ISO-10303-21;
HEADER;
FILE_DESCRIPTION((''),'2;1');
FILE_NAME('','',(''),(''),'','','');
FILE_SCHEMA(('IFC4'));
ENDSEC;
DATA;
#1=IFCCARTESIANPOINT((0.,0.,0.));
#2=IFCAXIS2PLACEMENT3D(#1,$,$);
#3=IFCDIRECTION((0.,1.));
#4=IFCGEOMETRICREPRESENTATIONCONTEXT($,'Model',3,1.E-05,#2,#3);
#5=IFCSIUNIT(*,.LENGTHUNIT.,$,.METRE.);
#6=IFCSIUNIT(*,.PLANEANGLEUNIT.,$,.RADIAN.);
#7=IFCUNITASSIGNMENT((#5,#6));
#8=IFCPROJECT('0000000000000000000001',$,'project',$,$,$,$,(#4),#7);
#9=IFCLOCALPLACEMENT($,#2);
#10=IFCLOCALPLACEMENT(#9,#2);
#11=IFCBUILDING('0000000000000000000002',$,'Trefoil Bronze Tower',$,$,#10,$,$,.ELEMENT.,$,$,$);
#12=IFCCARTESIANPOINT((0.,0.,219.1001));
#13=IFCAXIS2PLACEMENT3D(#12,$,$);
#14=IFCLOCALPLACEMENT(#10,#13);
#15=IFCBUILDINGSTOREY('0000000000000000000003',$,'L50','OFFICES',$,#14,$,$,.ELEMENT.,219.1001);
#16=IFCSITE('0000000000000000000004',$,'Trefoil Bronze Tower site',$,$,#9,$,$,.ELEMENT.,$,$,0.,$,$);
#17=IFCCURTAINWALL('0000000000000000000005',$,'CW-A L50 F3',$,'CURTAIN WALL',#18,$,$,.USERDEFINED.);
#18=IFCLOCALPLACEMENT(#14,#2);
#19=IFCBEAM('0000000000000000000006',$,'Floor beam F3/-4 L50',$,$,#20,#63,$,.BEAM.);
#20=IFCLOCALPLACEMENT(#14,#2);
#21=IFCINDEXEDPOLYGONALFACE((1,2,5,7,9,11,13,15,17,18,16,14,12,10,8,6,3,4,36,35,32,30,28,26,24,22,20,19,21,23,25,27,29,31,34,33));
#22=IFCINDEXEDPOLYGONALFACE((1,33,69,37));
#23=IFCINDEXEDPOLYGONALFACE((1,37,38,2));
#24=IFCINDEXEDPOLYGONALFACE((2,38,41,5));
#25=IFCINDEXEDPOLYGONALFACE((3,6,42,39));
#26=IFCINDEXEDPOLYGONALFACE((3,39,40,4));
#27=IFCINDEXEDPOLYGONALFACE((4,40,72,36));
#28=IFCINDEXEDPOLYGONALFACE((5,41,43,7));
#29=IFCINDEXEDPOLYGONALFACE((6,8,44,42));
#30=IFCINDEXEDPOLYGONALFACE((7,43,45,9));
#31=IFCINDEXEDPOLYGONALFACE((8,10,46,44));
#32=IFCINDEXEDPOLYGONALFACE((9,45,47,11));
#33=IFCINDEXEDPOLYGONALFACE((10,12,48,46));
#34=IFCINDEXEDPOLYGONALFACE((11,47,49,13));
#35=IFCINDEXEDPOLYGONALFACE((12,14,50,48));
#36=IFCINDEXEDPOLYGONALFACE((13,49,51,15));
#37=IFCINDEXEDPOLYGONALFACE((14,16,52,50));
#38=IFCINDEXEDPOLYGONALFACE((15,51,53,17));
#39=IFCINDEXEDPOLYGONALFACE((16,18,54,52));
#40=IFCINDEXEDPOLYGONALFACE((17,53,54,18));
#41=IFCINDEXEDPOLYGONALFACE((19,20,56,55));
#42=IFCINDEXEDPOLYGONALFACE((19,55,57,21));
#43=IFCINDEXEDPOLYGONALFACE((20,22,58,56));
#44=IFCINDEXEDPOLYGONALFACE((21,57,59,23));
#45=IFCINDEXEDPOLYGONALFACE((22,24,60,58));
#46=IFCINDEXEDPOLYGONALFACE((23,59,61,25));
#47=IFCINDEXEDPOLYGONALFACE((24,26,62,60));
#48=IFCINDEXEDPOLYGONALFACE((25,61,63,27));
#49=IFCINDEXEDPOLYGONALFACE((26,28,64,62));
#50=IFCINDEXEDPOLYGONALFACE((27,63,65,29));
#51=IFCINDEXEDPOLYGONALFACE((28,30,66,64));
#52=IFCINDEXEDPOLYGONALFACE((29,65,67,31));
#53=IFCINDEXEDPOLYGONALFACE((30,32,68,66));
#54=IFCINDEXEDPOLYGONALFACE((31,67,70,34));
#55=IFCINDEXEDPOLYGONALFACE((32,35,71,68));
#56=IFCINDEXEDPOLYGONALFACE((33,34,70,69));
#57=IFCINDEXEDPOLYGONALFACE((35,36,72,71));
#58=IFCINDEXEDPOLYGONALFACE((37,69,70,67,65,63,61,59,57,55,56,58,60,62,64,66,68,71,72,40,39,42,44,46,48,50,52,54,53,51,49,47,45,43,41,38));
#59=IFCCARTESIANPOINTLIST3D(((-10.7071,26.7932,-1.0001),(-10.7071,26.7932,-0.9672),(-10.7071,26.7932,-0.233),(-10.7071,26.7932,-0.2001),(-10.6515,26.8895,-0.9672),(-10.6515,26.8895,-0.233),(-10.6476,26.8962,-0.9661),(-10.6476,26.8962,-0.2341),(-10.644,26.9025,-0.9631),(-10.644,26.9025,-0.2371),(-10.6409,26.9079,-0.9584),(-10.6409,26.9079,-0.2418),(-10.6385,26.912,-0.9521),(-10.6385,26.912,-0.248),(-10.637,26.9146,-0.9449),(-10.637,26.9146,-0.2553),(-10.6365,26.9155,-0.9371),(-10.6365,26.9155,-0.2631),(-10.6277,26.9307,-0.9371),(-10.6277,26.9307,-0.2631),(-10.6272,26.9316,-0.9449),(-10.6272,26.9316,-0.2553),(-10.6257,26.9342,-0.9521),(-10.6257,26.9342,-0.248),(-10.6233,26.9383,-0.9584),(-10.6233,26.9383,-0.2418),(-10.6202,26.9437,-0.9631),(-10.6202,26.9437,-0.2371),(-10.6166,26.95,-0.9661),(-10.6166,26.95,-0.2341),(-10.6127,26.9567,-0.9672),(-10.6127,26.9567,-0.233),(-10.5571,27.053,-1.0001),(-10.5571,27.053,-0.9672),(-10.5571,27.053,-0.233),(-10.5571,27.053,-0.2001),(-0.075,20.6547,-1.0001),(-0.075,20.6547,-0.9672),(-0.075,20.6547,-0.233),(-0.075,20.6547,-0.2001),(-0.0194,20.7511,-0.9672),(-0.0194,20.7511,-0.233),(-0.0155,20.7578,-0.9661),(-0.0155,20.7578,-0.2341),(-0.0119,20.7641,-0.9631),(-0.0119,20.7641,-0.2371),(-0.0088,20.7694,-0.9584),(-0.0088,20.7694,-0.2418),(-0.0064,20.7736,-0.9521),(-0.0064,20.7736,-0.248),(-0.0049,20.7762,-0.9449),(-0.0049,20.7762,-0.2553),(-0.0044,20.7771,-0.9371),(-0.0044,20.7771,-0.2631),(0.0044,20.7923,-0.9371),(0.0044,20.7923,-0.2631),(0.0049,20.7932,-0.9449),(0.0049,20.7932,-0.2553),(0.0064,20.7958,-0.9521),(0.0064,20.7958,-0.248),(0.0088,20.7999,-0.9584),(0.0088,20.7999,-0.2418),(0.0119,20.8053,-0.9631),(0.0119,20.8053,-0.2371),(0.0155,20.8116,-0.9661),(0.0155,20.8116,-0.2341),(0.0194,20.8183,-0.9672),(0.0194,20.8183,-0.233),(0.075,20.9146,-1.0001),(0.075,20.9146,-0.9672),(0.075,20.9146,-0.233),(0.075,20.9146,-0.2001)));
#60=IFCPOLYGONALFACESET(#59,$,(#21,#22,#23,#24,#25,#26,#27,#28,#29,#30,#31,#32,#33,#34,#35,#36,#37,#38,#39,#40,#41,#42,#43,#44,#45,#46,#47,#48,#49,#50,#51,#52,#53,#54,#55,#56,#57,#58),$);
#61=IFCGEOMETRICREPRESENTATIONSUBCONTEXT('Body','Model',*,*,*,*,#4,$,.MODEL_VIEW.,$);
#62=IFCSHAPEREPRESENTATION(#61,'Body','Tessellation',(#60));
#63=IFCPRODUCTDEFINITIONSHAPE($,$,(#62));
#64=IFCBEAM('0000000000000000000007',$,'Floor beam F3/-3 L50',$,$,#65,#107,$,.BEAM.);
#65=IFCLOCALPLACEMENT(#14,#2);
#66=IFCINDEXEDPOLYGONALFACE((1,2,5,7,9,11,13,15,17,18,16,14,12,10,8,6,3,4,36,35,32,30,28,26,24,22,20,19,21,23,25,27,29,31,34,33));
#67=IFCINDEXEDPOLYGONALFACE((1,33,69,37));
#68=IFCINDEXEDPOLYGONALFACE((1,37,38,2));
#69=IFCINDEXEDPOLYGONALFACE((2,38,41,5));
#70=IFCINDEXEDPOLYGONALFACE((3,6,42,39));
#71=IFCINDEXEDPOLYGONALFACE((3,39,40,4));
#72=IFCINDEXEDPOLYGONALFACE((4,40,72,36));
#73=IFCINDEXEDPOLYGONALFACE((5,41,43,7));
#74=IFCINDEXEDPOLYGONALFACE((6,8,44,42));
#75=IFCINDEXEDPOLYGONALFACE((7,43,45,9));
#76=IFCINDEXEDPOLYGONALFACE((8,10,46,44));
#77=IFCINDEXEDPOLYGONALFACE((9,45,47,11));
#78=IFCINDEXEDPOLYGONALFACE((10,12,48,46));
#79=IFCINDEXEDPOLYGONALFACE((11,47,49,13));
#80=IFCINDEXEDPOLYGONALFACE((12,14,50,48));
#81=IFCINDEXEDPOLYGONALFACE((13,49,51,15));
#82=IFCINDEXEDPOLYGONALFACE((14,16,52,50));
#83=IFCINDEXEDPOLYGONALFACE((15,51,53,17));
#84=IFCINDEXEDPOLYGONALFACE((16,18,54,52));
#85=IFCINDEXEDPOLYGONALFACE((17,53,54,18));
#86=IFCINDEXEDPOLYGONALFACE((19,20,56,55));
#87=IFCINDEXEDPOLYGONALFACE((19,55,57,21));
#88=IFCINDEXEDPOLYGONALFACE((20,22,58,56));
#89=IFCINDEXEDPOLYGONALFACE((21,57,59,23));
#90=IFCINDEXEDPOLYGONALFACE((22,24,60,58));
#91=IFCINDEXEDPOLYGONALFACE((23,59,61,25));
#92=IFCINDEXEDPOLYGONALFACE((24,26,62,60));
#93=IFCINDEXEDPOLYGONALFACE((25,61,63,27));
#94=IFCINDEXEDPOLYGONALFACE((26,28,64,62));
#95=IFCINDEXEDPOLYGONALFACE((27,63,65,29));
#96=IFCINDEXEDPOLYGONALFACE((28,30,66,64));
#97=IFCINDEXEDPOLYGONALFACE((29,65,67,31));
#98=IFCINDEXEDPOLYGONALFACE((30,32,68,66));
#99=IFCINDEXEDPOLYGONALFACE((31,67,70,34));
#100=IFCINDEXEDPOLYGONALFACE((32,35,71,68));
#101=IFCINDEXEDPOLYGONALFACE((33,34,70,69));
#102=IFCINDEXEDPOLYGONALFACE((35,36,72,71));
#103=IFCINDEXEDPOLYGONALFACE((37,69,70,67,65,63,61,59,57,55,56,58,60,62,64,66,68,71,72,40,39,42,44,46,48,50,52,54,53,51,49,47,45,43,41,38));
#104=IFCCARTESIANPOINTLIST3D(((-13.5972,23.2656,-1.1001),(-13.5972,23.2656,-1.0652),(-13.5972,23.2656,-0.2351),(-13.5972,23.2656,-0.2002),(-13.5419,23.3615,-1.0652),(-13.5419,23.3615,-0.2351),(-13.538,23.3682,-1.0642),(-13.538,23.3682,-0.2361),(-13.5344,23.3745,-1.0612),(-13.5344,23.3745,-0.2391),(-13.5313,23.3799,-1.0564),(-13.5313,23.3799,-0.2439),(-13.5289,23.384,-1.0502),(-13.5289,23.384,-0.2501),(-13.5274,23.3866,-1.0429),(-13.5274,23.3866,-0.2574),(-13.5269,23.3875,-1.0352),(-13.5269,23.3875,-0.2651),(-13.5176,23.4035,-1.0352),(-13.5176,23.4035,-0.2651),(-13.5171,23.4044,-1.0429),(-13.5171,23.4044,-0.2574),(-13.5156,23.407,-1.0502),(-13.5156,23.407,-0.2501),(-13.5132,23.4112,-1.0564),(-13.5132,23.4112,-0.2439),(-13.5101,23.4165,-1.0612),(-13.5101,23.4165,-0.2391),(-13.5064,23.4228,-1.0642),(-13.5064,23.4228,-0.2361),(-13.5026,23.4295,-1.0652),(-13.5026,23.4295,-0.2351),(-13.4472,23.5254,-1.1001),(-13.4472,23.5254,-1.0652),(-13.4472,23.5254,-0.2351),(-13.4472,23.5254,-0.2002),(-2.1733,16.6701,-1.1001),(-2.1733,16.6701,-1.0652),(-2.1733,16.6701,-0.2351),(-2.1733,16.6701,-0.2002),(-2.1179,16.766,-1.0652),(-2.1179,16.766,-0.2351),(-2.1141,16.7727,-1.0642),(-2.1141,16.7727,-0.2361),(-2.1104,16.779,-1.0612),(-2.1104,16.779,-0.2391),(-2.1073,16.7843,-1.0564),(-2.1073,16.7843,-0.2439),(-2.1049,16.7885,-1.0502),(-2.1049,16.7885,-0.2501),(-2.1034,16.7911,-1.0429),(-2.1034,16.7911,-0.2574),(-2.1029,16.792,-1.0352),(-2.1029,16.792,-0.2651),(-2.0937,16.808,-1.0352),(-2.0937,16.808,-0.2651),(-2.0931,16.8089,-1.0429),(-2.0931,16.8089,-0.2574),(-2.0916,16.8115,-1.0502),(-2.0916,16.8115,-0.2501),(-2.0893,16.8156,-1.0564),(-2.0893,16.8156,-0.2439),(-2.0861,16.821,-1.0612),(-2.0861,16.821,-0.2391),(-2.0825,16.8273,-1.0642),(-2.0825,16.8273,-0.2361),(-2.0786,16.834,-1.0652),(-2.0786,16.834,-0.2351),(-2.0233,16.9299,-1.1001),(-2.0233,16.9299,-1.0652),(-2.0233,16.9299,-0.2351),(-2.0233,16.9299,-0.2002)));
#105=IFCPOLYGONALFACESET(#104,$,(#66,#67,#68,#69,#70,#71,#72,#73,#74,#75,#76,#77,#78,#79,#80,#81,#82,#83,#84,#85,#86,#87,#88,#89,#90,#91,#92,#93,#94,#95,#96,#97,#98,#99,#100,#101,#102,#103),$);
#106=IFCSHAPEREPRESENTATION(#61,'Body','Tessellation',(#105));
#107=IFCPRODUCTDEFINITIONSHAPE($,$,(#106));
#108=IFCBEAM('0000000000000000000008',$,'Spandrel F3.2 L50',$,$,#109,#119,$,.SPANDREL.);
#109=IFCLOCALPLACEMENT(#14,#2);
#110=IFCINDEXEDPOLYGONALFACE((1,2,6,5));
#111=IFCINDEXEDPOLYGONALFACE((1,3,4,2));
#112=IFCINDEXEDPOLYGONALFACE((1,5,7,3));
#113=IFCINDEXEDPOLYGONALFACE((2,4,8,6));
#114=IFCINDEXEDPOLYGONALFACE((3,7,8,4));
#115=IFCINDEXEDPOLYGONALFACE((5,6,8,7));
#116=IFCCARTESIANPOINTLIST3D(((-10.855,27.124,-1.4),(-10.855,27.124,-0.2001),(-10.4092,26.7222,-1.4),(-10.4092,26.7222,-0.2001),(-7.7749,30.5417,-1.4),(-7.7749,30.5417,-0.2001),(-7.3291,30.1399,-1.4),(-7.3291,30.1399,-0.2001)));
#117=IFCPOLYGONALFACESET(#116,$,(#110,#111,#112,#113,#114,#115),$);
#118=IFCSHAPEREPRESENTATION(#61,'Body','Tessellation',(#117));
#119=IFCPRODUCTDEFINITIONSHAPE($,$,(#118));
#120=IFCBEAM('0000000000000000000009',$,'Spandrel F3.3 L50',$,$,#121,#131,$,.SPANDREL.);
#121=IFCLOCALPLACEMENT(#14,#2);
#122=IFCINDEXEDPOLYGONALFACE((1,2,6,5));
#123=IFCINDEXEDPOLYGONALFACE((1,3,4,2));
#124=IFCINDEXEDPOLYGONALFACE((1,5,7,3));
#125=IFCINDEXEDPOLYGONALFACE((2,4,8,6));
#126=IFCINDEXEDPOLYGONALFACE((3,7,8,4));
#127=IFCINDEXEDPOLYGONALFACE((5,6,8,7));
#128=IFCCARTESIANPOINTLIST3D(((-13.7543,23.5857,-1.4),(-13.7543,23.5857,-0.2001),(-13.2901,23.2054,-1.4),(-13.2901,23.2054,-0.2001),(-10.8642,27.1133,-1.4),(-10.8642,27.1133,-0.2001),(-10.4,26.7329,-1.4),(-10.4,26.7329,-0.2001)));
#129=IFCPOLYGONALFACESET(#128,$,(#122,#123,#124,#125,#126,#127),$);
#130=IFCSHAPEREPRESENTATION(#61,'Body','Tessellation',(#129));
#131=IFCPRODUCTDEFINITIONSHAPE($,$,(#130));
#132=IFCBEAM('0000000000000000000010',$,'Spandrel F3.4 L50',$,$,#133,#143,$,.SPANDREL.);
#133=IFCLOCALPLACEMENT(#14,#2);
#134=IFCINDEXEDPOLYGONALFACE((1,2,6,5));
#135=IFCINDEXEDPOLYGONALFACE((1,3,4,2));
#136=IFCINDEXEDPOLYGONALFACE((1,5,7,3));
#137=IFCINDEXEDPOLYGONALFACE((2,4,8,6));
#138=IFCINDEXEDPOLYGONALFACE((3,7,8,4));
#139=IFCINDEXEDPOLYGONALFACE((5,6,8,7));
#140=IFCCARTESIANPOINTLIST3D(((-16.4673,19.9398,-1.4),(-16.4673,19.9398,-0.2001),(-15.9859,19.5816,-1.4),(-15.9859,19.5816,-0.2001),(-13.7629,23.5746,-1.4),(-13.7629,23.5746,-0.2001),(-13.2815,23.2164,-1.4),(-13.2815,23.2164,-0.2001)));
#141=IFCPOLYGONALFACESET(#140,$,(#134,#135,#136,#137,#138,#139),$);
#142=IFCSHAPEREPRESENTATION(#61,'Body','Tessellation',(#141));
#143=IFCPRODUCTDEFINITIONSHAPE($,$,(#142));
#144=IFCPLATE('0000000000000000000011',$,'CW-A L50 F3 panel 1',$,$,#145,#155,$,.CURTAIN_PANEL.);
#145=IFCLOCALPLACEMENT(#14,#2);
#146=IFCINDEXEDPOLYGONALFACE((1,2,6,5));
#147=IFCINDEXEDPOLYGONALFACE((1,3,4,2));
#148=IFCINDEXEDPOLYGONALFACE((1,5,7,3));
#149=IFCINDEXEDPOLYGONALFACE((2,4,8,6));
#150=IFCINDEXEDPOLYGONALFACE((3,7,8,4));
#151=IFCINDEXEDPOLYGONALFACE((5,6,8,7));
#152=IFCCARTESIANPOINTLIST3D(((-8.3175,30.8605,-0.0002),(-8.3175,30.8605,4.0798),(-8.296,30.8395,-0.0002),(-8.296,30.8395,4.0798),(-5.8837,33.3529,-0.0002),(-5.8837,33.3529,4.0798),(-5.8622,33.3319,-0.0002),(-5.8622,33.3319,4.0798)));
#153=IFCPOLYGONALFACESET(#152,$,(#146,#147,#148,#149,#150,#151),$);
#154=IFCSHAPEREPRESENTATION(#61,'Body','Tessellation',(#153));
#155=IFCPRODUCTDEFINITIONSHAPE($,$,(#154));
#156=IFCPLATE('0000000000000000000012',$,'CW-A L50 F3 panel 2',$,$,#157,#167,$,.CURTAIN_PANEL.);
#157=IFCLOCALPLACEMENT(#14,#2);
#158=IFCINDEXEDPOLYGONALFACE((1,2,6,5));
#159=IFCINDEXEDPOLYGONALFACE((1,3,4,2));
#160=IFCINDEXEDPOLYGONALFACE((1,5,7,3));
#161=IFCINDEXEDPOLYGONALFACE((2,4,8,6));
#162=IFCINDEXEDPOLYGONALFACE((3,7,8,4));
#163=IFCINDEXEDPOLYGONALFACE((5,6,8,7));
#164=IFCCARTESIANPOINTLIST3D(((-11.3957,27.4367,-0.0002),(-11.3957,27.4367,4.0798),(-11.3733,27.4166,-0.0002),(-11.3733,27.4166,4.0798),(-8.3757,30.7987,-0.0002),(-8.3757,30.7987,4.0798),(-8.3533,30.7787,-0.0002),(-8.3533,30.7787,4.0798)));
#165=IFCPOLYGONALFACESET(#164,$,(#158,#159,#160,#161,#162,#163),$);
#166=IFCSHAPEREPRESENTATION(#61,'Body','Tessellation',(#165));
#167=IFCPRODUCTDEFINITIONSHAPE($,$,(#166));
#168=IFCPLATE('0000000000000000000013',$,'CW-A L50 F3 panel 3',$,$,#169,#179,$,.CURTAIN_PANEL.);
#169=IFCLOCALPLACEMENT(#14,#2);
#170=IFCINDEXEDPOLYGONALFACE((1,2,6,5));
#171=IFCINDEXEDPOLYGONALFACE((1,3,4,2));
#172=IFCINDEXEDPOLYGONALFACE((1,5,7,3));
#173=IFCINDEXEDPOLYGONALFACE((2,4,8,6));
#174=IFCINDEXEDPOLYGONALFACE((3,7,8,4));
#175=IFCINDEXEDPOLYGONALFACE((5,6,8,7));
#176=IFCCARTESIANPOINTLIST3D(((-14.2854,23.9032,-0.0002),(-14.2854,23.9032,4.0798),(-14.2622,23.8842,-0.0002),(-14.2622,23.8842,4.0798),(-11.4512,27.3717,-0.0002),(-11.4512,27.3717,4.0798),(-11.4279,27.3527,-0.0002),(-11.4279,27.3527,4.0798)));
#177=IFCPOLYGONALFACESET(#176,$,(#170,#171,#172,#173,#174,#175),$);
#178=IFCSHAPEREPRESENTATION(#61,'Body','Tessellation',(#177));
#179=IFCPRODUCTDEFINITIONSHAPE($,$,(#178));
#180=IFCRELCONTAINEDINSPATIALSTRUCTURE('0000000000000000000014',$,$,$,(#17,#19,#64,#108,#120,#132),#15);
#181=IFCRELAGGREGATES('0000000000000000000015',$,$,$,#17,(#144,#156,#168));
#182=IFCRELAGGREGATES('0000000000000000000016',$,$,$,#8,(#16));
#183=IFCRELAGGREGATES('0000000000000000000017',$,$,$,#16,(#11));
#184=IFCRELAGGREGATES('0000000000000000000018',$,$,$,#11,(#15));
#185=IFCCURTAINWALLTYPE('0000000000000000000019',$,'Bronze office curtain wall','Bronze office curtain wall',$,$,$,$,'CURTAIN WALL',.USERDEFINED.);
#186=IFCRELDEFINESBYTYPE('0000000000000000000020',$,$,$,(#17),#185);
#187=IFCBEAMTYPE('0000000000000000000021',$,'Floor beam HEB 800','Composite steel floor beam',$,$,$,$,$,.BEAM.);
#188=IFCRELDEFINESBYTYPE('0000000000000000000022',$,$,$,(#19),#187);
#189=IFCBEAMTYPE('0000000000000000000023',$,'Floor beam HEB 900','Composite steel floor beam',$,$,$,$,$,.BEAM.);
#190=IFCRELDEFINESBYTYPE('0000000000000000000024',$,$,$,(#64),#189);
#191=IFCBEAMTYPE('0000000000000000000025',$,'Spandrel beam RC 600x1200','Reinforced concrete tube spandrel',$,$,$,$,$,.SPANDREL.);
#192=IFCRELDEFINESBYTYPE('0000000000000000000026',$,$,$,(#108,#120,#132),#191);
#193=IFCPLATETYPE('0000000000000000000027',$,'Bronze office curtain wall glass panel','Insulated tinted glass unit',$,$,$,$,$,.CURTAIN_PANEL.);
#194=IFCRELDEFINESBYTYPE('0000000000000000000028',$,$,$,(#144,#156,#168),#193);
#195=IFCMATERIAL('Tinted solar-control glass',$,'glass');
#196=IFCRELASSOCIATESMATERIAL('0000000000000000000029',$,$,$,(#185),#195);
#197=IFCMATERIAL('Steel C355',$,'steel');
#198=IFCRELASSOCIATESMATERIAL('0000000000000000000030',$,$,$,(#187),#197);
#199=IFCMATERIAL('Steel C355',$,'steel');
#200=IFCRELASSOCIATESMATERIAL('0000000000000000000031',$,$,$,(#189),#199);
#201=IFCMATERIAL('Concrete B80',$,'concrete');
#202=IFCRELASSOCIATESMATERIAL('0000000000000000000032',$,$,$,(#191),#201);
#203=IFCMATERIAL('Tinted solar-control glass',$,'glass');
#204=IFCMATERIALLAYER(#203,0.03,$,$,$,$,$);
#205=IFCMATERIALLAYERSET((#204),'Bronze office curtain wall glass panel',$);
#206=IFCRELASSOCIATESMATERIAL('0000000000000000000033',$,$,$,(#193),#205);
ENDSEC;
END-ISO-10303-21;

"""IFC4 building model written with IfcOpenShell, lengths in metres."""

from ifc_helpers import new_model, si_unit, direction, frame, origin, origin_2d, place, context, subcontext, project, spatial, rectangle, i_section, extrude, material, layer, layer_set, material_profile, profile_set, type_object, element, aggregate, save


model = new_model("IFC4")

# Units and contexts
model_context = context("Model", 3, precision=1e-05, world=origin(), true_north=direction((0.0, 1.0)))
body_context = subcontext(model_context, "Body", "Model", "MODEL_VIEW")
ifc_project = project(units=[si_unit("LENGTHUNIT", "METRE"), si_unit("PLANEANGLEUNIT", "RADIAN")], contexts=[model_context])

# Site, building, storey
site_placement = place(None, origin())
site = spatial("IfcSite", under=ifc_project, at=site_placement, Name="Trefoil Bronze Tower site", CompositionType="ELEMENT", RefElevation=0.0)
building_placement = place(site_placement, origin())
building = spatial("IfcBuilding", under=site, at=building_placement, Name="Trefoil Bronze Tower", CompositionType="ELEMENT")
storey_placement = place(building_placement, frame((0.0, 0.0, 219.1001)))
storey = spatial("IfcBuildingStorey", under=building, at=storey_placement, Name="L50", Description="OFFICES", CompositionType="ELEMENT", Elevation=219.1001)

# Curtain wall
ifc_material_1 = material(Name="Tinted solar-control glass", Category="glass")
curtain_wall_type_1 = type_object("IfcCurtainWallType", Name="Bronze office curtain wall", Description="Bronze office curtain wall", ElementType="CURTAIN WALL", PredefinedType="USERDEFINED", material=ifc_material_1)
curtain_wall_1_placement = place(storey_placement, origin())
curtain_wall_1 = element("IfcCurtainWall", 1, at=curtain_wall_1_placement, inside=storey, type_object=curtain_wall_type_1, Name="CW-A L50 F3", ObjectType="CURTAIN WALL", PredefinedType="USERDEFINED")

# Beams
ifc_material_2 = material(Name="Steel C355", Category="steel")
ifc_material_profile_1 = material_profile(ifc_material_2, i_section(OverallWidth=0.3, OverallDepth=0.8, WebThickness=0.0176, FlangeThickness=0.033, FilletRadius=0.03, at=origin_2d()), Name="HEB 800")
ifc_profile_set_1 = profile_set([ifc_material_profile_1], Name="Steel C355")
beam_type_1 = type_object("IfcBeamType", Name="Floor beam HEB 800", Description="Composite steel floor beam", PredefinedType="BEAM", material=ifc_profile_set_1)
beam_1_placement = place(storey_placement, frame((-10.6321, 26.9231, -0.6001), z_axis=(0.866026, -0.5, 0.0), x_axis=(0.5, 0.866026, 0.0)))
element("IfcBeam", 2, at=beam_1_placement, inside=storey, type_object=beam_type_1, Name="Floor beam F3/-4 L50", PredefinedType="BEAM", context=body_context, shape_type="SweptSolid", body=[
    extrude(i_section(OverallWidth=0.3, OverallDepth=0.8, WebThickness=0.0176, FlangeThickness=0.033, FilletRadius=0.03, at=origin_2d()), origin(), (0.0, 0.0, 1.0), 12.2769),
])
ifc_material_3 = material(Name="Steel C355", Category="steel")
ifc_material_profile_2 = material_profile(ifc_material_3, i_section(OverallWidth=0.3, OverallDepth=0.8999, WebThickness=0.0186, FlangeThickness=0.0349, FilletRadius=0.03, at=origin_2d()), Name="HEB 900")
ifc_profile_set_2 = profile_set([ifc_material_profile_2], Name="Steel C355")
beam_type_2 = type_object("IfcBeamType", Name="Floor beam HEB 900", Description="Composite steel floor beam", PredefinedType="BEAM", material=ifc_profile_set_2)
beam_2_placement = place(storey_placement, frame((-13.5222, 23.3955, -0.6501), z_axis=(0.866028, -0.499995, 0.0), x_axis=(0.499995, 0.866028, 0.0)))
element("IfcBeam", 3, at=beam_2_placement, inside=storey, type_object=beam_type_2, Name="Floor beam F3/-3 L50", PredefinedType="BEAM", context=body_context, shape_type="SweptSolid", body=[
    extrude(i_section(OverallWidth=0.3, OverallDepth=0.8999, WebThickness=0.0186, FlangeThickness=0.0349, FilletRadius=0.03, at=origin_2d()), origin(), (0.0, 0.0, 1.0), 13.1912),
])
ifc_material_4 = material(Name="Concrete B80", Category="concrete")
ifc_material_profile_3 = material_profile(ifc_material_4, rectangle(XDim=0.6001, YDim=1.2, at=origin_2d()), Name="RC 600x1200")
ifc_profile_set_3 = profile_set([ifc_material_profile_3], Name="Concrete B80")
beam_type_3 = type_object("IfcBeamType", Name="Spandrel beam RC 600x1200", Description="Reinforced concrete tube spandrel", PredefinedType="SPANDREL", material=ifc_profile_set_3)
beam_3_placement = place(storey_placement, frame((-7.552, 30.3408, -0.8), z_axis=(-0.66946, -0.742848, 0.0), x_axis=(0.742848, -0.66946, 0.0)))
element("IfcBeam", 4, at=beam_3_placement, inside=storey, type_object=beam_type_3, Name="Spandrel F3.2 L50", PredefinedType="SPANDREL", context=body_context, shape_type="SweptSolid", body=[
    extrude(rectangle(XDim=0.6001, YDim=1.2, at=origin_2d()), origin(), (0.0, 0.0, 1.0), 4.6008),
])
beam_4_placement = place(storey_placement, frame((-10.6321, 26.9231, -0.8), z_axis=(-0.633754, -0.773535, 0.0), x_axis=(0.773535, -0.633754, 0.0)))
element("IfcBeam", 5, at=beam_4_placement, inside=storey, type_object=beam_type_3, Name="Spandrel F3.3 L50", PredefinedType="SPANDREL", context=body_context, shape_type="SweptSolid", body=[
    extrude(rectangle(XDim=0.6001, YDim=1.2, at=origin_2d()), origin(), (0.0, 0.0, 1.0), 4.5603),
])
beam_5_placement = place(storey_placement, frame((-13.5222, 23.3955, -0.8), z_axis=(-0.596926, -0.802296, 0.0), x_axis=(0.802296, -0.596926, 0.0)))
element("IfcBeam", 6, at=beam_5_placement, inside=storey, type_object=beam_type_3, Name="Spandrel F3.4 L50", PredefinedType="SPANDREL", context=body_context, shape_type="SweptSolid", body=[
    extrude(rectangle(XDim=0.6001, YDim=1.2, at=origin_2d()), origin(), (0.0, 0.0, 1.0), 4.5305),
])

# Plates
ifc_material_5 = material(Name="Tinted solar-control glass", Category="glass")
ifc_layer_1 = layer(ifc_material_5, 0.03)
ifc_layer_set_1 = layer_set([ifc_layer_1], Name="Bronze office curtain wall glass panel")
plate_type_1 = type_object("IfcPlateType", Name="Bronze office curtain wall glass panel", Description="Insulated tinted glass unit", PredefinedType="CURTAIN_PANEL", material=ifc_layer_set_1)
plate_1_placement = place(storey_placement, frame((-7.0898, 32.0962, -0.0002), z_axis=(0.0, 0.0, 1.0), x_axis=(-0.698652, -0.715462, 0.0)))
plate_1 = element("IfcPlate", 7, at=plate_1_placement, type_object=plate_type_1, Name="CW-A L50 F3 panel 1", PredefinedType="CURTAIN_PANEL", context=body_context, shape_type="SweptSolid", body=[
    extrude(rectangle(XDim=3.4836, YDim=0.03, at=origin_2d()), origin(), (0.0, 0.0, 1.0), 4.0801),
])
plate_2_placement = place(storey_placement, frame((-9.8745, 29.1077, -0.0002), z_axis=(0.0, 0.0, 1.0), x_axis=(-0.668246, -0.743941, 0.0)))
plate_2 = element("IfcPlate", 8, at=plate_2_placement, type_object=plate_type_1, Name="CW-A L50 F3 panel 2", PredefinedType="CURTAIN_PANEL", context=body_context, shape_type="SweptSolid", body=[
    extrude(rectangle(XDim=4.5193, YDim=0.03, at=origin_2d()), origin(), (0.0, 0.0, 1.0), 4.0801),
])
plate_3_placement = place(storey_placement, frame((-12.8567, 25.6279, -0.0002), z_axis=(0.0, 0.0, 1.0), x_axis=(-0.632753, -0.774354, 0.0)))
plate_3 = element("IfcPlate", 9, at=plate_3_placement, type_object=plate_type_1, Name="CW-A L50 F3 panel 3", PredefinedType="CURTAIN_PANEL", context=body_context, shape_type="SweptSolid", body=[
    extrude(rectangle(XDim=4.4792, YDim=0.03, at=origin_2d()), origin(), (0.0, 0.0, 1.0), 4.0801),
])
aggregate(curtain_wall_1, [plate_1, plate_2, plate_3])

save(model, "model.ifc")
